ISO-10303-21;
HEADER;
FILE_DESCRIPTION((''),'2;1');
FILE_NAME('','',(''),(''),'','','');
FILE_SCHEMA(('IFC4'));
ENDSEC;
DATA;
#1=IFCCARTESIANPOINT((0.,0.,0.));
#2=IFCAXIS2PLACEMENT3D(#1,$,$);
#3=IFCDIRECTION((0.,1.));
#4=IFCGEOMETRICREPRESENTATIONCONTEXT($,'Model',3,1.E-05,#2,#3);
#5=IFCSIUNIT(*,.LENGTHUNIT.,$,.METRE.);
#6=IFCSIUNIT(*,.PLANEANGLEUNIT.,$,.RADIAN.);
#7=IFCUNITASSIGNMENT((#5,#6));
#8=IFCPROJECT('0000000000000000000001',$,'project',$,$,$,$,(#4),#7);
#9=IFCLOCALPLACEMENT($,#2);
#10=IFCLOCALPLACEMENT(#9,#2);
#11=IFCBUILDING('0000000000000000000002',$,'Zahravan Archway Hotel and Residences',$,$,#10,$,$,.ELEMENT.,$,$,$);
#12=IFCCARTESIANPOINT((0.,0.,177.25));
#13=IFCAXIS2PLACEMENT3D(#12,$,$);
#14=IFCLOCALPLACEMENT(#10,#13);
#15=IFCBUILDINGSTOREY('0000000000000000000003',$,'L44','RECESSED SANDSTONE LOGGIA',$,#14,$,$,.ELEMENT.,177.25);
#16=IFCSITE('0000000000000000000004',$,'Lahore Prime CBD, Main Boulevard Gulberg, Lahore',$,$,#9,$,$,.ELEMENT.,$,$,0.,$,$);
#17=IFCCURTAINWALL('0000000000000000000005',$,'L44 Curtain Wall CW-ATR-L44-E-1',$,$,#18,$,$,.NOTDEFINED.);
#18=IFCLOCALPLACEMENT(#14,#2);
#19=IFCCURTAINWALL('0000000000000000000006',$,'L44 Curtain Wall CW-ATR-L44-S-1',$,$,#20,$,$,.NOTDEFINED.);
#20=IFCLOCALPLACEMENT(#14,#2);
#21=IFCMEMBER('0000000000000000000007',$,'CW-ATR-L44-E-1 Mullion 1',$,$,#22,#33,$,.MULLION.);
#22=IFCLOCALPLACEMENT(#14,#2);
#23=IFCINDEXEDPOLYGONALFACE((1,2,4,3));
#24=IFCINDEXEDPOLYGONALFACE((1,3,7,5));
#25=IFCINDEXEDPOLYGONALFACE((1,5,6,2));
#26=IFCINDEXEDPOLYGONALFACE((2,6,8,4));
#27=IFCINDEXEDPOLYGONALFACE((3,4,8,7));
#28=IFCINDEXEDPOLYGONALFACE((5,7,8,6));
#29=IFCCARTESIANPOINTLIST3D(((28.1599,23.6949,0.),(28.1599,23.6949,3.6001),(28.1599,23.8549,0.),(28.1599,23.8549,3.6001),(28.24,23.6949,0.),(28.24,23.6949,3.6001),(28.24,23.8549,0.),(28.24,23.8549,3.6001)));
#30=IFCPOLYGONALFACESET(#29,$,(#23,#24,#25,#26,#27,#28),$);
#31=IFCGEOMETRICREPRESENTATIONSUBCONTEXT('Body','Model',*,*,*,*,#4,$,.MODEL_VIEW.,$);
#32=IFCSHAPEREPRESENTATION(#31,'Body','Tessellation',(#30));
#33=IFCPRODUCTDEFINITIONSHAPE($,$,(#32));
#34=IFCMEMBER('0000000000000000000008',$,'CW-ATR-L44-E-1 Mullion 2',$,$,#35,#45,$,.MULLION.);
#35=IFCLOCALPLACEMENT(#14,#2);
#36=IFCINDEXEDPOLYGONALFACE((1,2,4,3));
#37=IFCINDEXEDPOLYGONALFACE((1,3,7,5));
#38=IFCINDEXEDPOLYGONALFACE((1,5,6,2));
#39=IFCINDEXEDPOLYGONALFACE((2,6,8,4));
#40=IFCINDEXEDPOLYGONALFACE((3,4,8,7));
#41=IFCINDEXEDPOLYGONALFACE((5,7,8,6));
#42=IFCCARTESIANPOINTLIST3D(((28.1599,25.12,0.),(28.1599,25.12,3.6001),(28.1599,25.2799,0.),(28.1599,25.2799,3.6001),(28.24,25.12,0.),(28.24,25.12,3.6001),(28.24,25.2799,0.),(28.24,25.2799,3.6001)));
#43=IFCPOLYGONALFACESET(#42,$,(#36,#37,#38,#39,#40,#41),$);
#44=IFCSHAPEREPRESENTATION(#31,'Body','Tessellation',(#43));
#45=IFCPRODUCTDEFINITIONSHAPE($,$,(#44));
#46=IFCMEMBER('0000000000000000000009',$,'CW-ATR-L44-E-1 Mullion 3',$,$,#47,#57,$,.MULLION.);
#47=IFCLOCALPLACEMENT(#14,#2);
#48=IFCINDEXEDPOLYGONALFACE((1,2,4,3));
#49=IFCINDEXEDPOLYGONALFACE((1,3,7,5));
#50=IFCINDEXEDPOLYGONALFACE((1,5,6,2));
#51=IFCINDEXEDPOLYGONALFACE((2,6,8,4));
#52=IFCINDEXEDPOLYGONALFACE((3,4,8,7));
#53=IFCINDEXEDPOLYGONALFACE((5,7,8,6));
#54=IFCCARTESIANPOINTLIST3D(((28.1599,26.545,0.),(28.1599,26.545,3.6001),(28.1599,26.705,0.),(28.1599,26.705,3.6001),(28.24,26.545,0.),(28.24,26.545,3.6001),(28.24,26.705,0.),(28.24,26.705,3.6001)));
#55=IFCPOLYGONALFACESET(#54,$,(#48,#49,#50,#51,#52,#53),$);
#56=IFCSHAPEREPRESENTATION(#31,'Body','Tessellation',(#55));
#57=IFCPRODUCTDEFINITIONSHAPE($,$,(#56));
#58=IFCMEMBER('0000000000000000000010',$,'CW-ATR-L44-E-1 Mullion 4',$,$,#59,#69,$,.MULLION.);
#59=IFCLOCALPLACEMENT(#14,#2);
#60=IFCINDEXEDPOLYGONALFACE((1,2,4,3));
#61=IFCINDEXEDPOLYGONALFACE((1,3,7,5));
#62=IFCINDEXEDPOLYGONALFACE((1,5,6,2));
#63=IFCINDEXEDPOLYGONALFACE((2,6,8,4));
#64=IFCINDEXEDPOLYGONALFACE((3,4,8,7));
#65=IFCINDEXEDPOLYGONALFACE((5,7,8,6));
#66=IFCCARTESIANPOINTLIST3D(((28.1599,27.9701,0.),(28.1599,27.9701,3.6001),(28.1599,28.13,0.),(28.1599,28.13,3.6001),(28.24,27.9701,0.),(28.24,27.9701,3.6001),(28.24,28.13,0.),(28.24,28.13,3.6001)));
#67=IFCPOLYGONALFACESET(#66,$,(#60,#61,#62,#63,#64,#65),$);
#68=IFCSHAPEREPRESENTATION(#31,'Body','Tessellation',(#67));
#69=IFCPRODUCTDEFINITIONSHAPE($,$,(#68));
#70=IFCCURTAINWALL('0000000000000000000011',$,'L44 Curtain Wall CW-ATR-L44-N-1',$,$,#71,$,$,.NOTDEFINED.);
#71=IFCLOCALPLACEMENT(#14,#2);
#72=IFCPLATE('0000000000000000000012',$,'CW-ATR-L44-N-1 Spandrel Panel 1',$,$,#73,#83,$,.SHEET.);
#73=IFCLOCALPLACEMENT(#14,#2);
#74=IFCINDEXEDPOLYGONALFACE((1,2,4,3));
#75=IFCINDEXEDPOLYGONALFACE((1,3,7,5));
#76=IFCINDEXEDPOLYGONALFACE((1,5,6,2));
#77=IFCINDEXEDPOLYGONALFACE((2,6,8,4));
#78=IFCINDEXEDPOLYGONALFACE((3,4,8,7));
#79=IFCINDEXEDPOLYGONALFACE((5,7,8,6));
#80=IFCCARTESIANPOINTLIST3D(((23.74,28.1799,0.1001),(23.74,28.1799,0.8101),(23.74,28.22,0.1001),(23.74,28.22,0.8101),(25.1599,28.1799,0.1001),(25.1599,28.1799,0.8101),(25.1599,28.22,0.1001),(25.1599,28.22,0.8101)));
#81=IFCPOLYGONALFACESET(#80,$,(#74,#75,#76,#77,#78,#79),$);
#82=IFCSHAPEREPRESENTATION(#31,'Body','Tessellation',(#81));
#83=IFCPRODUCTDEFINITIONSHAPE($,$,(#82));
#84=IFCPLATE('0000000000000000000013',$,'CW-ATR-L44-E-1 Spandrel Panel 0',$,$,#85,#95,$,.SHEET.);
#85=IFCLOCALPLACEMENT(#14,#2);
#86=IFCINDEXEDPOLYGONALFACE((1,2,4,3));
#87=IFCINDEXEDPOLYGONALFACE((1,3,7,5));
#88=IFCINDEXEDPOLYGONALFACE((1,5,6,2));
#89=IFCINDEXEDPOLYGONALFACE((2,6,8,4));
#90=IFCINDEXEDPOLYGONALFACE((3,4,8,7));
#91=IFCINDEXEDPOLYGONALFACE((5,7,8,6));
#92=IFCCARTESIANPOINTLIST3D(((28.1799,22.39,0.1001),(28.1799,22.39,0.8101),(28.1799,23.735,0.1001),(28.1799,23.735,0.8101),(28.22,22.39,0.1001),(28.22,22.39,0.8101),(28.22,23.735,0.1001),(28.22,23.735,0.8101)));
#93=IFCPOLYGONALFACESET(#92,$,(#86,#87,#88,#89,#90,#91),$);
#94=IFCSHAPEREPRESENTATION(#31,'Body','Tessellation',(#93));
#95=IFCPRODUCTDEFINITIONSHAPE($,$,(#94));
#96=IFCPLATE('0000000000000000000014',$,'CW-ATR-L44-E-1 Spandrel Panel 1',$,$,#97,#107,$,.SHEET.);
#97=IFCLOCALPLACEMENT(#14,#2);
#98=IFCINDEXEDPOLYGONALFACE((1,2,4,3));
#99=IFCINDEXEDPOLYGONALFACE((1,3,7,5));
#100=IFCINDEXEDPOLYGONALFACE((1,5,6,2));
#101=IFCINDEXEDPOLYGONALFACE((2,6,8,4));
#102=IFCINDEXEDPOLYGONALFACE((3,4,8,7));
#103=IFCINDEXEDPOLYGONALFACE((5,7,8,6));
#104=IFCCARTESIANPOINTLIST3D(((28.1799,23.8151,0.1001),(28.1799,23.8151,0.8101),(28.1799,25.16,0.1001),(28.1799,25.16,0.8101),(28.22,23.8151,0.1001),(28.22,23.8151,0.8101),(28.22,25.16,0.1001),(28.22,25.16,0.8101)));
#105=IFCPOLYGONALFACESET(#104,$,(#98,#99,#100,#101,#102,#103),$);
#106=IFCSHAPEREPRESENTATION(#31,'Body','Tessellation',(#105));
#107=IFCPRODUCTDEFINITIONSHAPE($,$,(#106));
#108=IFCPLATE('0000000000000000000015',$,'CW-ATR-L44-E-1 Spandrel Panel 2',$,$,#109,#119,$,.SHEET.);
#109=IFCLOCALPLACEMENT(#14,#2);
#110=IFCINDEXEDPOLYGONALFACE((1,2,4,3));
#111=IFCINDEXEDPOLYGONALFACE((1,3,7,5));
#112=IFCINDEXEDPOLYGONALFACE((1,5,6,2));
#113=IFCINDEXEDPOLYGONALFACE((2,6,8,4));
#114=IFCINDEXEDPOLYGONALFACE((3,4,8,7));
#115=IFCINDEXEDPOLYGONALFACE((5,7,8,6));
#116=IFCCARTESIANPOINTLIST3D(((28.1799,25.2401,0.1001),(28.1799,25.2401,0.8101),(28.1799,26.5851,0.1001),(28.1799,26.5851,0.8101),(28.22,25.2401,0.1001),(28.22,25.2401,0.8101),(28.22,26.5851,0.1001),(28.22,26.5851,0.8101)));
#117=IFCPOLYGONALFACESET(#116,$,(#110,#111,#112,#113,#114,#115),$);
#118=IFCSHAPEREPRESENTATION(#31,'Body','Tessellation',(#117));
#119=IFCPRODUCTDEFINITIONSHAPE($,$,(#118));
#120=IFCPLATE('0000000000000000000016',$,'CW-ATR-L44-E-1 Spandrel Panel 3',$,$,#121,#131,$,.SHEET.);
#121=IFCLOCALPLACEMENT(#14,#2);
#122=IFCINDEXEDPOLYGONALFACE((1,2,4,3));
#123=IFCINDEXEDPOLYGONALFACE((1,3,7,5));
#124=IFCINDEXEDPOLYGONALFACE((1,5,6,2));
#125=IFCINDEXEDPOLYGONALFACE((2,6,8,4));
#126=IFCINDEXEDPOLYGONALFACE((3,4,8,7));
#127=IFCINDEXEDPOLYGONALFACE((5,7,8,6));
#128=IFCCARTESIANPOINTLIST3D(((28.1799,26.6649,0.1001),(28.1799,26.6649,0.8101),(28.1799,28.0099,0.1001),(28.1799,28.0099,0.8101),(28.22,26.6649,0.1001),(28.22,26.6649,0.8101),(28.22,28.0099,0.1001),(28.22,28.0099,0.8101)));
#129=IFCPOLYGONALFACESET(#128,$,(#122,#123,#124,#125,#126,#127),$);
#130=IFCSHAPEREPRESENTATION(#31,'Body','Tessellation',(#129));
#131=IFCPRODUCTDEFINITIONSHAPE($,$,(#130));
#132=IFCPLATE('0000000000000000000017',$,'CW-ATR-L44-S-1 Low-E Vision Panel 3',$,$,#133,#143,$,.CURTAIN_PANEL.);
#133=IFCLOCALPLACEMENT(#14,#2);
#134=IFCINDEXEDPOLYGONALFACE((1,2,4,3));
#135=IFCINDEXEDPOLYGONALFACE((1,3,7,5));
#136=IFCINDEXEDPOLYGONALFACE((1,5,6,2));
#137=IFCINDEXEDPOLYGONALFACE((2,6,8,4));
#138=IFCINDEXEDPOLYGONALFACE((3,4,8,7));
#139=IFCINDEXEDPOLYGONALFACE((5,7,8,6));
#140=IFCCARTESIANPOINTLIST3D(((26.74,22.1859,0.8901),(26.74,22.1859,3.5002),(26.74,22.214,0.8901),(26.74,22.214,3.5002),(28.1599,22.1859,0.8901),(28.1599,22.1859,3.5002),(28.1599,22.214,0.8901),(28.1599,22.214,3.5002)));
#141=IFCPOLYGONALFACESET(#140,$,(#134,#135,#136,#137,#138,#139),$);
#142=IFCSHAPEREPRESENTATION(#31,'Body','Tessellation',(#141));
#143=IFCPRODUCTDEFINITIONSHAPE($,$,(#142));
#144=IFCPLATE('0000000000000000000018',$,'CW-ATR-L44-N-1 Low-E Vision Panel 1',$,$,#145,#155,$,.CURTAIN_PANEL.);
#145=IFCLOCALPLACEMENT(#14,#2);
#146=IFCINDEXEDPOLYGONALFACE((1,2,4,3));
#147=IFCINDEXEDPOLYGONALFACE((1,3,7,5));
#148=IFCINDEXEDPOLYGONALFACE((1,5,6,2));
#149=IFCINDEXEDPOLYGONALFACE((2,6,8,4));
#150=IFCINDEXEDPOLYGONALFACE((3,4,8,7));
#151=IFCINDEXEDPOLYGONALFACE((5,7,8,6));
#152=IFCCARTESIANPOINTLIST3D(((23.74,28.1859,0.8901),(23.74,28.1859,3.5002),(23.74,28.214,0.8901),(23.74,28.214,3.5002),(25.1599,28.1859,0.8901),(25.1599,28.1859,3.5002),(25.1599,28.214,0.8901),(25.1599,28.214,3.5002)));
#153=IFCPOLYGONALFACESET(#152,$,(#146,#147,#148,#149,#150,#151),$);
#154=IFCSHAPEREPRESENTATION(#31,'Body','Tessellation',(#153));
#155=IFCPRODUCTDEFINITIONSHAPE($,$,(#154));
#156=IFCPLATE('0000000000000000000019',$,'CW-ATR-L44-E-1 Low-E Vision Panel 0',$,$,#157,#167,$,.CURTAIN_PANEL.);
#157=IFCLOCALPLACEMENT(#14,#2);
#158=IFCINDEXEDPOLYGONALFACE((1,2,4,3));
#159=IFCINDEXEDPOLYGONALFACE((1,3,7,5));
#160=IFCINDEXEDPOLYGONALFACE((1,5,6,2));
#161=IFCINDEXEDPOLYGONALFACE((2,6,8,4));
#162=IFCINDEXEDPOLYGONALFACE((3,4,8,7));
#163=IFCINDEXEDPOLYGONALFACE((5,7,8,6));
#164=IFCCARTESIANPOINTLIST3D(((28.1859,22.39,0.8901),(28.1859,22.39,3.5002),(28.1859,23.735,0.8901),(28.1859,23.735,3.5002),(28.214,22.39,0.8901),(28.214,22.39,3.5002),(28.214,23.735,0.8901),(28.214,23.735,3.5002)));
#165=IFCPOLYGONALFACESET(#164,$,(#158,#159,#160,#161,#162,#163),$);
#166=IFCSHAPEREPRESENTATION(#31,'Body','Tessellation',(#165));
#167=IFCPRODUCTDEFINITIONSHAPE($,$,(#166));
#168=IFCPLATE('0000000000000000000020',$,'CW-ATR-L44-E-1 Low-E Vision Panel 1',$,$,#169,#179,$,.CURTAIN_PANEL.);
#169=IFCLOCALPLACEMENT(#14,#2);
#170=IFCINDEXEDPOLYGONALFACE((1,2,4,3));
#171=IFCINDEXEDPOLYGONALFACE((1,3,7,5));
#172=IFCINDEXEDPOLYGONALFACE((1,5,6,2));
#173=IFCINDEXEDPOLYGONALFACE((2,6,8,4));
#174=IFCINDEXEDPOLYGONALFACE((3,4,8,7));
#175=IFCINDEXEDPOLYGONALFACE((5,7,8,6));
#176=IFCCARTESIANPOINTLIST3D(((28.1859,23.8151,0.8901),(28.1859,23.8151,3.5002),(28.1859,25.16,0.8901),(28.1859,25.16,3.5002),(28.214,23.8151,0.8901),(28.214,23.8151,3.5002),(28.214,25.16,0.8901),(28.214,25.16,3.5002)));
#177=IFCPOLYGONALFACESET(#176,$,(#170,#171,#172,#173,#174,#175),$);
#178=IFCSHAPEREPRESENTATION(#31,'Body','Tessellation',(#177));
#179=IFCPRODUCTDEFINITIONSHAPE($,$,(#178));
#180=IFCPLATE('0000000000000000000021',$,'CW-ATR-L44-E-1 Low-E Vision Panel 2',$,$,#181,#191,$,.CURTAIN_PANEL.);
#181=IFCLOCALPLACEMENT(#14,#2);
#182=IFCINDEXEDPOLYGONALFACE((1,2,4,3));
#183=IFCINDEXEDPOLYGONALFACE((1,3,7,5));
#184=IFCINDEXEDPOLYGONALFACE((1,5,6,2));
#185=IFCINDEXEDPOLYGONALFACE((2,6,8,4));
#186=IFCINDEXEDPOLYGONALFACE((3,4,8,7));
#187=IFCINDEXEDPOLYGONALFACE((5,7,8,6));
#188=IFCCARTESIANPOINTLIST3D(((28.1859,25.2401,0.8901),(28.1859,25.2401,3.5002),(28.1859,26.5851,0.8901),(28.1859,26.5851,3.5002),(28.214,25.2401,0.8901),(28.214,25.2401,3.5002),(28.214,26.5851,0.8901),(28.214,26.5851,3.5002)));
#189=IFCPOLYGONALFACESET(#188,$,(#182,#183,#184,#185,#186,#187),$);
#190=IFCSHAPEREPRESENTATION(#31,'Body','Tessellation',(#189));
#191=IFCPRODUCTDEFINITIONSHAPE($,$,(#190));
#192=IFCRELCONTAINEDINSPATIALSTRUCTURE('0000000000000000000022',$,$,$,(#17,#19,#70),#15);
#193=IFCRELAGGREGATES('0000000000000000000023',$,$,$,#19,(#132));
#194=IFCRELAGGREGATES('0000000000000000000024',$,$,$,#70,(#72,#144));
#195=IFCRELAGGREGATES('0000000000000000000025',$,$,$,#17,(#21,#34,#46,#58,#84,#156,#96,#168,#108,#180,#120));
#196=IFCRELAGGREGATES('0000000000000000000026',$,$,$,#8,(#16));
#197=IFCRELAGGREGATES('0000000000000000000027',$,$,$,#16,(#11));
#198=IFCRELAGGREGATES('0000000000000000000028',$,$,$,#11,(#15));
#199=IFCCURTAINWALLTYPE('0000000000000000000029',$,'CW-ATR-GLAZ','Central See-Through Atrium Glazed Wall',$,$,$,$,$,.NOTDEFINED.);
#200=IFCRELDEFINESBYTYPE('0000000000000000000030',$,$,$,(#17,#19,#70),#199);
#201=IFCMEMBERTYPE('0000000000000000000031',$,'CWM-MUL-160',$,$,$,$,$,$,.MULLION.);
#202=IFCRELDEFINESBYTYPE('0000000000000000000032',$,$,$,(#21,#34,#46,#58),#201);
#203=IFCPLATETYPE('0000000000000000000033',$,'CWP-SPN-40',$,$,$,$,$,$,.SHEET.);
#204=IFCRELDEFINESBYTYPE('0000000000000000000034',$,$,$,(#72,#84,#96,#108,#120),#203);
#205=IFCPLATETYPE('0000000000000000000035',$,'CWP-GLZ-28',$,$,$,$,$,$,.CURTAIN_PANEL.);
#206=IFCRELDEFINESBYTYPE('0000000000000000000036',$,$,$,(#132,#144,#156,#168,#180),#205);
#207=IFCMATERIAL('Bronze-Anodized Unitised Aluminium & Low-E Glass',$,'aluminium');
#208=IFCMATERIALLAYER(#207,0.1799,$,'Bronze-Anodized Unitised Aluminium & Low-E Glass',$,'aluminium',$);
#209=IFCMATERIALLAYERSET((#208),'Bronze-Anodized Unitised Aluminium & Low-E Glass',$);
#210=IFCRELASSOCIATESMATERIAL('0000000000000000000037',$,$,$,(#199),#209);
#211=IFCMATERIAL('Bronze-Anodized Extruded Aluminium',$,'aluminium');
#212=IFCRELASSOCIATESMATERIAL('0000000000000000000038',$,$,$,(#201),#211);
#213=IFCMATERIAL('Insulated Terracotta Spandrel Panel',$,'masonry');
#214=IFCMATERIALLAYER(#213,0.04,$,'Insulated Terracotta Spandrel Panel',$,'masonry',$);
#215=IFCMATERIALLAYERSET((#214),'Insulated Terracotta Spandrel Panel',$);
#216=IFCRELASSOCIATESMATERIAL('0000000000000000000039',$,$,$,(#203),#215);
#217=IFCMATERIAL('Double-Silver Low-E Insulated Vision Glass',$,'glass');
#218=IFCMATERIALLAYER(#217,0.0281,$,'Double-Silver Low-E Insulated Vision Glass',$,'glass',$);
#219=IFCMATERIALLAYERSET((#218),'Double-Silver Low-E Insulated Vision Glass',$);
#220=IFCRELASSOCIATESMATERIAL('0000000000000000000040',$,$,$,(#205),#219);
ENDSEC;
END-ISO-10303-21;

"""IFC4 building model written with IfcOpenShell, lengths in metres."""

from ifc_helpers import new_model, si_unit, direction, frame, origin, origin_2d, place, context, subcontext, project, spatial, rectangle, extrude, source, transform, mapped, material, layer, layer_set, material_profile, profile_set, type_object, element, aggregate, save


model = new_model("IFC4")

# Units and contexts
model_context = context("Model", 3, precision=1e-05, world=origin(), true_north=direction((0.0, 1.0)))
body_context = subcontext(model_context, "Body", "Model", "MODEL_VIEW")
ifc_project = project(units=[si_unit("LENGTHUNIT", "METRE"), si_unit("PLANEANGLEUNIT", "RADIAN")], contexts=[model_context])

# Site, building, storey
site_placement = place(None, origin())
site = spatial("IfcSite", under=ifc_project, at=site_placement, Name="Lahore Prime CBD, Main Boulevard Gulberg, Lahore", CompositionType="ELEMENT", RefElevation=0.0)
building_placement = place(site_placement, origin())
building = spatial("IfcBuilding", under=site, at=building_placement, Name="Zahravan Archway Hotel and Residences", CompositionType="ELEMENT")
storey_placement = place(building_placement, frame((0.0, 0.0, 177.25)))
storey = spatial("IfcBuildingStorey", under=building, at=storey_placement, Name="L44", Description="RECESSED SANDSTONE LOGGIA", CompositionType="ELEMENT", Elevation=177.25)

# Curtain wall
ifc_material_1 = material(Name="Bronze-Anodized Unitised Aluminium & Low-E Glass", Category="aluminium")
ifc_layer_1 = layer(ifc_material_1, 0.1799, Name="Bronze-Anodized Unitised Aluminium & Low-E Glass", Category="aluminium")
ifc_layer_set_1 = layer_set([ifc_layer_1], Name="Bronze-Anodized Unitised Aluminium & Low-E Glass")
curtain_wall_type = type_object("IfcCurtainWallType", Name="CW-ATR-GLAZ", Description="Central See-Through Atrium Glazed Wall", PredefinedType="NOTDEFINED", material=ifc_layer_set_1)
curtain_wall_1_placement = place(storey_placement, origin())
curtain_wall_1 = element("IfcCurtainWall", 1, at=curtain_wall_1_placement, inside=storey, type_object=curtain_wall_type, Name="L44 Curtain Wall CW-ATR-L44-E-1", PredefinedType="NOTDEFINED")
ifc_material_2 = material(Name="Bronze-Anodized Extruded Aluminium", Category="aluminium")

# Curtain wall
curtain_wall_2_placement = place(storey_placement, origin())
curtain_wall_2 = element("IfcCurtainWall", 2, at=curtain_wall_2_placement, inside=storey, type_object=curtain_wall_type, Name="L44 Curtain Wall CW-ATR-L44-S-1", PredefinedType="NOTDEFINED")
ifc_material_profile_1 = material_profile(ifc_material_2, rectangle(XDim=0.0801, YDim=0.1599, at=origin_2d()), Name="MUL 80x160", Category="aluminium")
ifc_profile_set_1 = profile_set([ifc_material_profile_1], Name="Bronze-Anodized Extruded Aluminium")
member_type_1 = type_object("IfcMemberType", Name="CWM-MUL-160", PredefinedType="MULLION", material=ifc_profile_set_1)
shared_shape_1 = source(origin(), body_context, "Body", "SweptSolid", [
    extrude(rectangle(XDim=0.0801, YDim=0.1599, at=origin_2d()), origin(), (0.0, 0.0, 1.0), 3.6001),
])

# Members
member_1_placement = place(storey_placement, frame((28.2, 23.7749, 0.0), z_axis=(0.0, 0.0, 1.0), x_axis=(1.0, 0.0, 0.0)))
member_1 = element("IfcMember", 3, at=member_1_placement, type_object=member_type_1, Name="CW-ATR-L44-E-1 Mullion 1", PredefinedType="MULLION", context=body_context, shape_type="MappedRepresentation", body=[
    mapped(shared_shape_1, transform((0.0, 0.0, 0.0), scale=1.0)),
])
member_2_placement = place(storey_placement, frame((28.2, 25.2, 0.0), z_axis=(0.0, 0.0, 1.0), x_axis=(1.0, 0.0, 0.0)))
member_2 = element("IfcMember", 4, at=member_2_placement, type_object=member_type_1, Name="CW-ATR-L44-E-1 Mullion 2", PredefinedType="MULLION", context=body_context, shape_type="MappedRepresentation", body=[
    mapped(shared_shape_1, transform((0.0, 0.0, 0.0), scale=1.0)),
])
member_3_placement = place(storey_placement, frame((28.2, 26.625, 0.0), z_axis=(0.0, 0.0, 1.0), x_axis=(1.0, 0.0, 0.0)))
member_3 = element("IfcMember", 5, at=member_3_placement, type_object=member_type_1, Name="CW-ATR-L44-E-1 Mullion 3", PredefinedType="MULLION", context=body_context, shape_type="MappedRepresentation", body=[
    mapped(shared_shape_1, transform((0.0, 0.0, 0.0), scale=1.0)),
])
member_4_placement = place(storey_placement, frame((28.2, 28.05, 0.0), z_axis=(0.0, 0.0, 1.0), x_axis=(1.0, 0.0, 0.0)))
member_4 = element("IfcMember", 6, at=member_4_placement, type_object=member_type_1, Name="CW-ATR-L44-E-1 Mullion 4", PredefinedType="MULLION", context=body_context, shape_type="MappedRepresentation", body=[
    mapped(shared_shape_1, transform((0.0, 0.0, 0.0), scale=1.0)),
])

# Curtain wall, plate
curtain_wall_3_placement = place(storey_placement, origin())
curtain_wall_3 = element("IfcCurtainWall", 7, at=curtain_wall_3_placement, inside=storey, type_object=curtain_wall_type, Name="L44 Curtain Wall CW-ATR-L44-N-1", PredefinedType="NOTDEFINED")
ifc_material_3 = material(Name="Insulated Terracotta Spandrel Panel", Category="masonry")
ifc_layer_2 = layer(ifc_material_3, 0.04, Name="Insulated Terracotta Spandrel Panel", Category="masonry")
ifc_layer_set_2 = layer_set([ifc_layer_2], Name="Insulated Terracotta Spandrel Panel")
plate_type_1 = type_object("IfcPlateType", Name="CWP-SPN-40", PredefinedType="SHEET", material=ifc_layer_set_2)
shared_shape_2 = source(origin(), body_context, "Body", "SweptSolid", [
    extrude(rectangle(XDim=1.4199, YDim=0.04, at=origin_2d()), origin(), (0.0, 0.0, 1.0), 0.71),
])
plate_1_placement = place(storey_placement, frame((24.45, 28.2, 0.1001), z_axis=(0.0, 0.0, 1.0), x_axis=(1.0, 0.0, 0.0)))
plate_1 = element("IfcPlate", 8, at=plate_1_placement, type_object=plate_type_1, Name="CW-ATR-L44-N-1 Spandrel Panel 1", PredefinedType="SHEET", context=body_context, shape_type="MappedRepresentation", body=[
    mapped(shared_shape_2, transform((0.0, 0.0, 0.0), scale=1.0)),
])

# Plates
shared_shape_3 = source(origin(), body_context, "Body", "SweptSolid", [
    extrude(rectangle(XDim=1.345, YDim=0.04, at=origin_2d()), origin(), (0.0, 0.0, 1.0), 0.71),
])
plate_2_placement = place(storey_placement, frame((28.2, 23.0625, 0.1001), z_axis=(0.0, 0.0, 1.0), x_axis=(0.0, 1.0, 0.0)))
plate_2 = element("IfcPlate", 9, at=plate_2_placement, type_object=plate_type_1, Name="CW-ATR-L44-E-1 Spandrel Panel 0", PredefinedType="SHEET", context=body_context, shape_type="MappedRepresentation", body=[
    mapped(shared_shape_3, transform((0.0, 0.0, 0.0), scale=1.0)),
])
plate_3_placement = place(storey_placement, frame((28.2, 24.4875, 0.1001), z_axis=(0.0, 0.0, 1.0), x_axis=(0.0, 1.0, 0.0)))
plate_3 = element("IfcPlate", 10, at=plate_3_placement, type_object=plate_type_1, Name="CW-ATR-L44-E-1 Spandrel Panel 1", PredefinedType="SHEET", context=body_context, shape_type="MappedRepresentation", body=[
    mapped(shared_shape_3, transform((0.0, 0.0, 0.0), scale=1.0)),
])
plate_4_placement = place(storey_placement, frame((28.2, 25.9126, 0.1001), z_axis=(0.0, 0.0, 1.0), x_axis=(0.0, 1.0, 0.0)))
plate_4 = element("IfcPlate", 11, at=plate_4_placement, type_object=plate_type_1, Name="CW-ATR-L44-E-1 Spandrel Panel 2", PredefinedType="SHEET", context=body_context, shape_type="MappedRepresentation", body=[
    mapped(shared_shape_3, transform((0.0, 0.0, 0.0), scale=1.0)),
])
plate_5_placement = place(storey_placement, frame((28.2, 27.3374, 0.1001), z_axis=(0.0, 0.0, 1.0), x_axis=(0.0, 1.0, 0.0)))
plate_5 = element("IfcPlate", 12, at=plate_5_placement, type_object=plate_type_1, Name="CW-ATR-L44-E-1 Spandrel Panel 3", PredefinedType="SHEET", context=body_context, shape_type="MappedRepresentation", body=[
    mapped(shared_shape_3, transform((0.0, 0.0, 0.0), scale=1.0)),
])
ifc_material_4 = material(Name="Double-Silver Low-E Insulated Vision Glass", Category="glass")
ifc_layer_3 = layer(ifc_material_4, 0.0281, Name="Double-Silver Low-E Insulated Vision Glass", Category="glass")
ifc_layer_set_3 = layer_set([ifc_layer_3], Name="Double-Silver Low-E Insulated Vision Glass")
plate_type_2 = type_object("IfcPlateType", Name="CWP-GLZ-28", PredefinedType="CURTAIN_PANEL", material=ifc_layer_set_3)
shared_shape_4 = source(origin(), body_context, "Body", "SweptSolid", [
    extrude(rectangle(XDim=1.4199, YDim=0.0281, at=origin_2d()), origin(), (0.0, 0.0, 1.0), 2.6101),
])
plate_6_placement = place(storey_placement, frame((27.45, 22.2, 0.8901), z_axis=(0.0, 0.0, 1.0), x_axis=(1.0, 0.0, 0.0)))
plate_6 = element("IfcPlate", 13, at=plate_6_placement, type_object=plate_type_2, Name="CW-ATR-L44-S-1 Low-E Vision Panel 3", PredefinedType="CURTAIN_PANEL", context=body_context, shape_type="MappedRepresentation", body=[
    mapped(shared_shape_4, transform((0.0, 0.0, 0.0), scale=1.0)),
])
aggregate(curtain_wall_2, [plate_6])
plate_7_placement = place(storey_placement, frame((24.45, 28.2, 0.8901), z_axis=(0.0, 0.0, 1.0), x_axis=(1.0, 0.0, 0.0)))
plate_7 = element("IfcPlate", 14, at=plate_7_placement, type_object=plate_type_2, Name="CW-ATR-L44-N-1 Low-E Vision Panel 1", PredefinedType="CURTAIN_PANEL", context=body_context, shape_type="MappedRepresentation", body=[
    mapped(shared_shape_4, transform((0.0, 0.0, 0.0), scale=1.0)),
])
aggregate(curtain_wall_3, [plate_1, plate_7])
shared_shape_5 = source(origin(), body_context, "Body", "SweptSolid", [
    extrude(rectangle(XDim=1.345, YDim=0.0281, at=origin_2d()), origin(), (0.0, 0.0, 1.0), 2.6101),
])
plate_8_placement = place(storey_placement, frame((28.2, 23.0625, 0.8901), z_axis=(0.0, 0.0, 1.0), x_axis=(0.0, 1.0, 0.0)))
plate_8 = element("IfcPlate", 15, at=plate_8_placement, type_object=plate_type_2, Name="CW-ATR-L44-E-1 Low-E Vision Panel 0", PredefinedType="CURTAIN_PANEL", context=body_context, shape_type="MappedRepresentation", body=[
    mapped(shared_shape_5, transform((0.0, 0.0, 0.0), scale=1.0)),
])
plate_9_placement = place(storey_placement, frame((28.2, 24.4875, 0.8901), z_axis=(0.0, 0.0, 1.0), x_axis=(0.0, 1.0, 0.0)))
plate_9 = element("IfcPlate", 16, at=plate_9_placement, type_object=plate_type_2, Name="CW-ATR-L44-E-1 Low-E Vision Panel 1", PredefinedType="CURTAIN_PANEL", context=body_context, shape_type="MappedRepresentation", body=[
    mapped(shared_shape_5, transform((0.0, 0.0, 0.0), scale=1.0)),
])
plate_10_placement = place(storey_placement, frame((28.2, 25.9126, 0.8901), z_axis=(0.0, 0.0, 1.0), x_axis=(0.0, 1.0, 0.0)))
plate_10 = element("IfcPlate", 17, at=plate_10_placement, type_object=plate_type_2, Name="CW-ATR-L44-E-1 Low-E Vision Panel 2", PredefinedType="CURTAIN_PANEL", context=body_context, shape_type="MappedRepresentation", body=[
    mapped(shared_shape_5, transform((0.0, 0.0, 0.0), scale=1.0)),
])
aggregate(curtain_wall_1, [member_1, member_2, member_3, member_4, plate_2, plate_8, plate_3, plate_9, plate_4, plate_10, plate_5])

save(model, "model.ifc")
